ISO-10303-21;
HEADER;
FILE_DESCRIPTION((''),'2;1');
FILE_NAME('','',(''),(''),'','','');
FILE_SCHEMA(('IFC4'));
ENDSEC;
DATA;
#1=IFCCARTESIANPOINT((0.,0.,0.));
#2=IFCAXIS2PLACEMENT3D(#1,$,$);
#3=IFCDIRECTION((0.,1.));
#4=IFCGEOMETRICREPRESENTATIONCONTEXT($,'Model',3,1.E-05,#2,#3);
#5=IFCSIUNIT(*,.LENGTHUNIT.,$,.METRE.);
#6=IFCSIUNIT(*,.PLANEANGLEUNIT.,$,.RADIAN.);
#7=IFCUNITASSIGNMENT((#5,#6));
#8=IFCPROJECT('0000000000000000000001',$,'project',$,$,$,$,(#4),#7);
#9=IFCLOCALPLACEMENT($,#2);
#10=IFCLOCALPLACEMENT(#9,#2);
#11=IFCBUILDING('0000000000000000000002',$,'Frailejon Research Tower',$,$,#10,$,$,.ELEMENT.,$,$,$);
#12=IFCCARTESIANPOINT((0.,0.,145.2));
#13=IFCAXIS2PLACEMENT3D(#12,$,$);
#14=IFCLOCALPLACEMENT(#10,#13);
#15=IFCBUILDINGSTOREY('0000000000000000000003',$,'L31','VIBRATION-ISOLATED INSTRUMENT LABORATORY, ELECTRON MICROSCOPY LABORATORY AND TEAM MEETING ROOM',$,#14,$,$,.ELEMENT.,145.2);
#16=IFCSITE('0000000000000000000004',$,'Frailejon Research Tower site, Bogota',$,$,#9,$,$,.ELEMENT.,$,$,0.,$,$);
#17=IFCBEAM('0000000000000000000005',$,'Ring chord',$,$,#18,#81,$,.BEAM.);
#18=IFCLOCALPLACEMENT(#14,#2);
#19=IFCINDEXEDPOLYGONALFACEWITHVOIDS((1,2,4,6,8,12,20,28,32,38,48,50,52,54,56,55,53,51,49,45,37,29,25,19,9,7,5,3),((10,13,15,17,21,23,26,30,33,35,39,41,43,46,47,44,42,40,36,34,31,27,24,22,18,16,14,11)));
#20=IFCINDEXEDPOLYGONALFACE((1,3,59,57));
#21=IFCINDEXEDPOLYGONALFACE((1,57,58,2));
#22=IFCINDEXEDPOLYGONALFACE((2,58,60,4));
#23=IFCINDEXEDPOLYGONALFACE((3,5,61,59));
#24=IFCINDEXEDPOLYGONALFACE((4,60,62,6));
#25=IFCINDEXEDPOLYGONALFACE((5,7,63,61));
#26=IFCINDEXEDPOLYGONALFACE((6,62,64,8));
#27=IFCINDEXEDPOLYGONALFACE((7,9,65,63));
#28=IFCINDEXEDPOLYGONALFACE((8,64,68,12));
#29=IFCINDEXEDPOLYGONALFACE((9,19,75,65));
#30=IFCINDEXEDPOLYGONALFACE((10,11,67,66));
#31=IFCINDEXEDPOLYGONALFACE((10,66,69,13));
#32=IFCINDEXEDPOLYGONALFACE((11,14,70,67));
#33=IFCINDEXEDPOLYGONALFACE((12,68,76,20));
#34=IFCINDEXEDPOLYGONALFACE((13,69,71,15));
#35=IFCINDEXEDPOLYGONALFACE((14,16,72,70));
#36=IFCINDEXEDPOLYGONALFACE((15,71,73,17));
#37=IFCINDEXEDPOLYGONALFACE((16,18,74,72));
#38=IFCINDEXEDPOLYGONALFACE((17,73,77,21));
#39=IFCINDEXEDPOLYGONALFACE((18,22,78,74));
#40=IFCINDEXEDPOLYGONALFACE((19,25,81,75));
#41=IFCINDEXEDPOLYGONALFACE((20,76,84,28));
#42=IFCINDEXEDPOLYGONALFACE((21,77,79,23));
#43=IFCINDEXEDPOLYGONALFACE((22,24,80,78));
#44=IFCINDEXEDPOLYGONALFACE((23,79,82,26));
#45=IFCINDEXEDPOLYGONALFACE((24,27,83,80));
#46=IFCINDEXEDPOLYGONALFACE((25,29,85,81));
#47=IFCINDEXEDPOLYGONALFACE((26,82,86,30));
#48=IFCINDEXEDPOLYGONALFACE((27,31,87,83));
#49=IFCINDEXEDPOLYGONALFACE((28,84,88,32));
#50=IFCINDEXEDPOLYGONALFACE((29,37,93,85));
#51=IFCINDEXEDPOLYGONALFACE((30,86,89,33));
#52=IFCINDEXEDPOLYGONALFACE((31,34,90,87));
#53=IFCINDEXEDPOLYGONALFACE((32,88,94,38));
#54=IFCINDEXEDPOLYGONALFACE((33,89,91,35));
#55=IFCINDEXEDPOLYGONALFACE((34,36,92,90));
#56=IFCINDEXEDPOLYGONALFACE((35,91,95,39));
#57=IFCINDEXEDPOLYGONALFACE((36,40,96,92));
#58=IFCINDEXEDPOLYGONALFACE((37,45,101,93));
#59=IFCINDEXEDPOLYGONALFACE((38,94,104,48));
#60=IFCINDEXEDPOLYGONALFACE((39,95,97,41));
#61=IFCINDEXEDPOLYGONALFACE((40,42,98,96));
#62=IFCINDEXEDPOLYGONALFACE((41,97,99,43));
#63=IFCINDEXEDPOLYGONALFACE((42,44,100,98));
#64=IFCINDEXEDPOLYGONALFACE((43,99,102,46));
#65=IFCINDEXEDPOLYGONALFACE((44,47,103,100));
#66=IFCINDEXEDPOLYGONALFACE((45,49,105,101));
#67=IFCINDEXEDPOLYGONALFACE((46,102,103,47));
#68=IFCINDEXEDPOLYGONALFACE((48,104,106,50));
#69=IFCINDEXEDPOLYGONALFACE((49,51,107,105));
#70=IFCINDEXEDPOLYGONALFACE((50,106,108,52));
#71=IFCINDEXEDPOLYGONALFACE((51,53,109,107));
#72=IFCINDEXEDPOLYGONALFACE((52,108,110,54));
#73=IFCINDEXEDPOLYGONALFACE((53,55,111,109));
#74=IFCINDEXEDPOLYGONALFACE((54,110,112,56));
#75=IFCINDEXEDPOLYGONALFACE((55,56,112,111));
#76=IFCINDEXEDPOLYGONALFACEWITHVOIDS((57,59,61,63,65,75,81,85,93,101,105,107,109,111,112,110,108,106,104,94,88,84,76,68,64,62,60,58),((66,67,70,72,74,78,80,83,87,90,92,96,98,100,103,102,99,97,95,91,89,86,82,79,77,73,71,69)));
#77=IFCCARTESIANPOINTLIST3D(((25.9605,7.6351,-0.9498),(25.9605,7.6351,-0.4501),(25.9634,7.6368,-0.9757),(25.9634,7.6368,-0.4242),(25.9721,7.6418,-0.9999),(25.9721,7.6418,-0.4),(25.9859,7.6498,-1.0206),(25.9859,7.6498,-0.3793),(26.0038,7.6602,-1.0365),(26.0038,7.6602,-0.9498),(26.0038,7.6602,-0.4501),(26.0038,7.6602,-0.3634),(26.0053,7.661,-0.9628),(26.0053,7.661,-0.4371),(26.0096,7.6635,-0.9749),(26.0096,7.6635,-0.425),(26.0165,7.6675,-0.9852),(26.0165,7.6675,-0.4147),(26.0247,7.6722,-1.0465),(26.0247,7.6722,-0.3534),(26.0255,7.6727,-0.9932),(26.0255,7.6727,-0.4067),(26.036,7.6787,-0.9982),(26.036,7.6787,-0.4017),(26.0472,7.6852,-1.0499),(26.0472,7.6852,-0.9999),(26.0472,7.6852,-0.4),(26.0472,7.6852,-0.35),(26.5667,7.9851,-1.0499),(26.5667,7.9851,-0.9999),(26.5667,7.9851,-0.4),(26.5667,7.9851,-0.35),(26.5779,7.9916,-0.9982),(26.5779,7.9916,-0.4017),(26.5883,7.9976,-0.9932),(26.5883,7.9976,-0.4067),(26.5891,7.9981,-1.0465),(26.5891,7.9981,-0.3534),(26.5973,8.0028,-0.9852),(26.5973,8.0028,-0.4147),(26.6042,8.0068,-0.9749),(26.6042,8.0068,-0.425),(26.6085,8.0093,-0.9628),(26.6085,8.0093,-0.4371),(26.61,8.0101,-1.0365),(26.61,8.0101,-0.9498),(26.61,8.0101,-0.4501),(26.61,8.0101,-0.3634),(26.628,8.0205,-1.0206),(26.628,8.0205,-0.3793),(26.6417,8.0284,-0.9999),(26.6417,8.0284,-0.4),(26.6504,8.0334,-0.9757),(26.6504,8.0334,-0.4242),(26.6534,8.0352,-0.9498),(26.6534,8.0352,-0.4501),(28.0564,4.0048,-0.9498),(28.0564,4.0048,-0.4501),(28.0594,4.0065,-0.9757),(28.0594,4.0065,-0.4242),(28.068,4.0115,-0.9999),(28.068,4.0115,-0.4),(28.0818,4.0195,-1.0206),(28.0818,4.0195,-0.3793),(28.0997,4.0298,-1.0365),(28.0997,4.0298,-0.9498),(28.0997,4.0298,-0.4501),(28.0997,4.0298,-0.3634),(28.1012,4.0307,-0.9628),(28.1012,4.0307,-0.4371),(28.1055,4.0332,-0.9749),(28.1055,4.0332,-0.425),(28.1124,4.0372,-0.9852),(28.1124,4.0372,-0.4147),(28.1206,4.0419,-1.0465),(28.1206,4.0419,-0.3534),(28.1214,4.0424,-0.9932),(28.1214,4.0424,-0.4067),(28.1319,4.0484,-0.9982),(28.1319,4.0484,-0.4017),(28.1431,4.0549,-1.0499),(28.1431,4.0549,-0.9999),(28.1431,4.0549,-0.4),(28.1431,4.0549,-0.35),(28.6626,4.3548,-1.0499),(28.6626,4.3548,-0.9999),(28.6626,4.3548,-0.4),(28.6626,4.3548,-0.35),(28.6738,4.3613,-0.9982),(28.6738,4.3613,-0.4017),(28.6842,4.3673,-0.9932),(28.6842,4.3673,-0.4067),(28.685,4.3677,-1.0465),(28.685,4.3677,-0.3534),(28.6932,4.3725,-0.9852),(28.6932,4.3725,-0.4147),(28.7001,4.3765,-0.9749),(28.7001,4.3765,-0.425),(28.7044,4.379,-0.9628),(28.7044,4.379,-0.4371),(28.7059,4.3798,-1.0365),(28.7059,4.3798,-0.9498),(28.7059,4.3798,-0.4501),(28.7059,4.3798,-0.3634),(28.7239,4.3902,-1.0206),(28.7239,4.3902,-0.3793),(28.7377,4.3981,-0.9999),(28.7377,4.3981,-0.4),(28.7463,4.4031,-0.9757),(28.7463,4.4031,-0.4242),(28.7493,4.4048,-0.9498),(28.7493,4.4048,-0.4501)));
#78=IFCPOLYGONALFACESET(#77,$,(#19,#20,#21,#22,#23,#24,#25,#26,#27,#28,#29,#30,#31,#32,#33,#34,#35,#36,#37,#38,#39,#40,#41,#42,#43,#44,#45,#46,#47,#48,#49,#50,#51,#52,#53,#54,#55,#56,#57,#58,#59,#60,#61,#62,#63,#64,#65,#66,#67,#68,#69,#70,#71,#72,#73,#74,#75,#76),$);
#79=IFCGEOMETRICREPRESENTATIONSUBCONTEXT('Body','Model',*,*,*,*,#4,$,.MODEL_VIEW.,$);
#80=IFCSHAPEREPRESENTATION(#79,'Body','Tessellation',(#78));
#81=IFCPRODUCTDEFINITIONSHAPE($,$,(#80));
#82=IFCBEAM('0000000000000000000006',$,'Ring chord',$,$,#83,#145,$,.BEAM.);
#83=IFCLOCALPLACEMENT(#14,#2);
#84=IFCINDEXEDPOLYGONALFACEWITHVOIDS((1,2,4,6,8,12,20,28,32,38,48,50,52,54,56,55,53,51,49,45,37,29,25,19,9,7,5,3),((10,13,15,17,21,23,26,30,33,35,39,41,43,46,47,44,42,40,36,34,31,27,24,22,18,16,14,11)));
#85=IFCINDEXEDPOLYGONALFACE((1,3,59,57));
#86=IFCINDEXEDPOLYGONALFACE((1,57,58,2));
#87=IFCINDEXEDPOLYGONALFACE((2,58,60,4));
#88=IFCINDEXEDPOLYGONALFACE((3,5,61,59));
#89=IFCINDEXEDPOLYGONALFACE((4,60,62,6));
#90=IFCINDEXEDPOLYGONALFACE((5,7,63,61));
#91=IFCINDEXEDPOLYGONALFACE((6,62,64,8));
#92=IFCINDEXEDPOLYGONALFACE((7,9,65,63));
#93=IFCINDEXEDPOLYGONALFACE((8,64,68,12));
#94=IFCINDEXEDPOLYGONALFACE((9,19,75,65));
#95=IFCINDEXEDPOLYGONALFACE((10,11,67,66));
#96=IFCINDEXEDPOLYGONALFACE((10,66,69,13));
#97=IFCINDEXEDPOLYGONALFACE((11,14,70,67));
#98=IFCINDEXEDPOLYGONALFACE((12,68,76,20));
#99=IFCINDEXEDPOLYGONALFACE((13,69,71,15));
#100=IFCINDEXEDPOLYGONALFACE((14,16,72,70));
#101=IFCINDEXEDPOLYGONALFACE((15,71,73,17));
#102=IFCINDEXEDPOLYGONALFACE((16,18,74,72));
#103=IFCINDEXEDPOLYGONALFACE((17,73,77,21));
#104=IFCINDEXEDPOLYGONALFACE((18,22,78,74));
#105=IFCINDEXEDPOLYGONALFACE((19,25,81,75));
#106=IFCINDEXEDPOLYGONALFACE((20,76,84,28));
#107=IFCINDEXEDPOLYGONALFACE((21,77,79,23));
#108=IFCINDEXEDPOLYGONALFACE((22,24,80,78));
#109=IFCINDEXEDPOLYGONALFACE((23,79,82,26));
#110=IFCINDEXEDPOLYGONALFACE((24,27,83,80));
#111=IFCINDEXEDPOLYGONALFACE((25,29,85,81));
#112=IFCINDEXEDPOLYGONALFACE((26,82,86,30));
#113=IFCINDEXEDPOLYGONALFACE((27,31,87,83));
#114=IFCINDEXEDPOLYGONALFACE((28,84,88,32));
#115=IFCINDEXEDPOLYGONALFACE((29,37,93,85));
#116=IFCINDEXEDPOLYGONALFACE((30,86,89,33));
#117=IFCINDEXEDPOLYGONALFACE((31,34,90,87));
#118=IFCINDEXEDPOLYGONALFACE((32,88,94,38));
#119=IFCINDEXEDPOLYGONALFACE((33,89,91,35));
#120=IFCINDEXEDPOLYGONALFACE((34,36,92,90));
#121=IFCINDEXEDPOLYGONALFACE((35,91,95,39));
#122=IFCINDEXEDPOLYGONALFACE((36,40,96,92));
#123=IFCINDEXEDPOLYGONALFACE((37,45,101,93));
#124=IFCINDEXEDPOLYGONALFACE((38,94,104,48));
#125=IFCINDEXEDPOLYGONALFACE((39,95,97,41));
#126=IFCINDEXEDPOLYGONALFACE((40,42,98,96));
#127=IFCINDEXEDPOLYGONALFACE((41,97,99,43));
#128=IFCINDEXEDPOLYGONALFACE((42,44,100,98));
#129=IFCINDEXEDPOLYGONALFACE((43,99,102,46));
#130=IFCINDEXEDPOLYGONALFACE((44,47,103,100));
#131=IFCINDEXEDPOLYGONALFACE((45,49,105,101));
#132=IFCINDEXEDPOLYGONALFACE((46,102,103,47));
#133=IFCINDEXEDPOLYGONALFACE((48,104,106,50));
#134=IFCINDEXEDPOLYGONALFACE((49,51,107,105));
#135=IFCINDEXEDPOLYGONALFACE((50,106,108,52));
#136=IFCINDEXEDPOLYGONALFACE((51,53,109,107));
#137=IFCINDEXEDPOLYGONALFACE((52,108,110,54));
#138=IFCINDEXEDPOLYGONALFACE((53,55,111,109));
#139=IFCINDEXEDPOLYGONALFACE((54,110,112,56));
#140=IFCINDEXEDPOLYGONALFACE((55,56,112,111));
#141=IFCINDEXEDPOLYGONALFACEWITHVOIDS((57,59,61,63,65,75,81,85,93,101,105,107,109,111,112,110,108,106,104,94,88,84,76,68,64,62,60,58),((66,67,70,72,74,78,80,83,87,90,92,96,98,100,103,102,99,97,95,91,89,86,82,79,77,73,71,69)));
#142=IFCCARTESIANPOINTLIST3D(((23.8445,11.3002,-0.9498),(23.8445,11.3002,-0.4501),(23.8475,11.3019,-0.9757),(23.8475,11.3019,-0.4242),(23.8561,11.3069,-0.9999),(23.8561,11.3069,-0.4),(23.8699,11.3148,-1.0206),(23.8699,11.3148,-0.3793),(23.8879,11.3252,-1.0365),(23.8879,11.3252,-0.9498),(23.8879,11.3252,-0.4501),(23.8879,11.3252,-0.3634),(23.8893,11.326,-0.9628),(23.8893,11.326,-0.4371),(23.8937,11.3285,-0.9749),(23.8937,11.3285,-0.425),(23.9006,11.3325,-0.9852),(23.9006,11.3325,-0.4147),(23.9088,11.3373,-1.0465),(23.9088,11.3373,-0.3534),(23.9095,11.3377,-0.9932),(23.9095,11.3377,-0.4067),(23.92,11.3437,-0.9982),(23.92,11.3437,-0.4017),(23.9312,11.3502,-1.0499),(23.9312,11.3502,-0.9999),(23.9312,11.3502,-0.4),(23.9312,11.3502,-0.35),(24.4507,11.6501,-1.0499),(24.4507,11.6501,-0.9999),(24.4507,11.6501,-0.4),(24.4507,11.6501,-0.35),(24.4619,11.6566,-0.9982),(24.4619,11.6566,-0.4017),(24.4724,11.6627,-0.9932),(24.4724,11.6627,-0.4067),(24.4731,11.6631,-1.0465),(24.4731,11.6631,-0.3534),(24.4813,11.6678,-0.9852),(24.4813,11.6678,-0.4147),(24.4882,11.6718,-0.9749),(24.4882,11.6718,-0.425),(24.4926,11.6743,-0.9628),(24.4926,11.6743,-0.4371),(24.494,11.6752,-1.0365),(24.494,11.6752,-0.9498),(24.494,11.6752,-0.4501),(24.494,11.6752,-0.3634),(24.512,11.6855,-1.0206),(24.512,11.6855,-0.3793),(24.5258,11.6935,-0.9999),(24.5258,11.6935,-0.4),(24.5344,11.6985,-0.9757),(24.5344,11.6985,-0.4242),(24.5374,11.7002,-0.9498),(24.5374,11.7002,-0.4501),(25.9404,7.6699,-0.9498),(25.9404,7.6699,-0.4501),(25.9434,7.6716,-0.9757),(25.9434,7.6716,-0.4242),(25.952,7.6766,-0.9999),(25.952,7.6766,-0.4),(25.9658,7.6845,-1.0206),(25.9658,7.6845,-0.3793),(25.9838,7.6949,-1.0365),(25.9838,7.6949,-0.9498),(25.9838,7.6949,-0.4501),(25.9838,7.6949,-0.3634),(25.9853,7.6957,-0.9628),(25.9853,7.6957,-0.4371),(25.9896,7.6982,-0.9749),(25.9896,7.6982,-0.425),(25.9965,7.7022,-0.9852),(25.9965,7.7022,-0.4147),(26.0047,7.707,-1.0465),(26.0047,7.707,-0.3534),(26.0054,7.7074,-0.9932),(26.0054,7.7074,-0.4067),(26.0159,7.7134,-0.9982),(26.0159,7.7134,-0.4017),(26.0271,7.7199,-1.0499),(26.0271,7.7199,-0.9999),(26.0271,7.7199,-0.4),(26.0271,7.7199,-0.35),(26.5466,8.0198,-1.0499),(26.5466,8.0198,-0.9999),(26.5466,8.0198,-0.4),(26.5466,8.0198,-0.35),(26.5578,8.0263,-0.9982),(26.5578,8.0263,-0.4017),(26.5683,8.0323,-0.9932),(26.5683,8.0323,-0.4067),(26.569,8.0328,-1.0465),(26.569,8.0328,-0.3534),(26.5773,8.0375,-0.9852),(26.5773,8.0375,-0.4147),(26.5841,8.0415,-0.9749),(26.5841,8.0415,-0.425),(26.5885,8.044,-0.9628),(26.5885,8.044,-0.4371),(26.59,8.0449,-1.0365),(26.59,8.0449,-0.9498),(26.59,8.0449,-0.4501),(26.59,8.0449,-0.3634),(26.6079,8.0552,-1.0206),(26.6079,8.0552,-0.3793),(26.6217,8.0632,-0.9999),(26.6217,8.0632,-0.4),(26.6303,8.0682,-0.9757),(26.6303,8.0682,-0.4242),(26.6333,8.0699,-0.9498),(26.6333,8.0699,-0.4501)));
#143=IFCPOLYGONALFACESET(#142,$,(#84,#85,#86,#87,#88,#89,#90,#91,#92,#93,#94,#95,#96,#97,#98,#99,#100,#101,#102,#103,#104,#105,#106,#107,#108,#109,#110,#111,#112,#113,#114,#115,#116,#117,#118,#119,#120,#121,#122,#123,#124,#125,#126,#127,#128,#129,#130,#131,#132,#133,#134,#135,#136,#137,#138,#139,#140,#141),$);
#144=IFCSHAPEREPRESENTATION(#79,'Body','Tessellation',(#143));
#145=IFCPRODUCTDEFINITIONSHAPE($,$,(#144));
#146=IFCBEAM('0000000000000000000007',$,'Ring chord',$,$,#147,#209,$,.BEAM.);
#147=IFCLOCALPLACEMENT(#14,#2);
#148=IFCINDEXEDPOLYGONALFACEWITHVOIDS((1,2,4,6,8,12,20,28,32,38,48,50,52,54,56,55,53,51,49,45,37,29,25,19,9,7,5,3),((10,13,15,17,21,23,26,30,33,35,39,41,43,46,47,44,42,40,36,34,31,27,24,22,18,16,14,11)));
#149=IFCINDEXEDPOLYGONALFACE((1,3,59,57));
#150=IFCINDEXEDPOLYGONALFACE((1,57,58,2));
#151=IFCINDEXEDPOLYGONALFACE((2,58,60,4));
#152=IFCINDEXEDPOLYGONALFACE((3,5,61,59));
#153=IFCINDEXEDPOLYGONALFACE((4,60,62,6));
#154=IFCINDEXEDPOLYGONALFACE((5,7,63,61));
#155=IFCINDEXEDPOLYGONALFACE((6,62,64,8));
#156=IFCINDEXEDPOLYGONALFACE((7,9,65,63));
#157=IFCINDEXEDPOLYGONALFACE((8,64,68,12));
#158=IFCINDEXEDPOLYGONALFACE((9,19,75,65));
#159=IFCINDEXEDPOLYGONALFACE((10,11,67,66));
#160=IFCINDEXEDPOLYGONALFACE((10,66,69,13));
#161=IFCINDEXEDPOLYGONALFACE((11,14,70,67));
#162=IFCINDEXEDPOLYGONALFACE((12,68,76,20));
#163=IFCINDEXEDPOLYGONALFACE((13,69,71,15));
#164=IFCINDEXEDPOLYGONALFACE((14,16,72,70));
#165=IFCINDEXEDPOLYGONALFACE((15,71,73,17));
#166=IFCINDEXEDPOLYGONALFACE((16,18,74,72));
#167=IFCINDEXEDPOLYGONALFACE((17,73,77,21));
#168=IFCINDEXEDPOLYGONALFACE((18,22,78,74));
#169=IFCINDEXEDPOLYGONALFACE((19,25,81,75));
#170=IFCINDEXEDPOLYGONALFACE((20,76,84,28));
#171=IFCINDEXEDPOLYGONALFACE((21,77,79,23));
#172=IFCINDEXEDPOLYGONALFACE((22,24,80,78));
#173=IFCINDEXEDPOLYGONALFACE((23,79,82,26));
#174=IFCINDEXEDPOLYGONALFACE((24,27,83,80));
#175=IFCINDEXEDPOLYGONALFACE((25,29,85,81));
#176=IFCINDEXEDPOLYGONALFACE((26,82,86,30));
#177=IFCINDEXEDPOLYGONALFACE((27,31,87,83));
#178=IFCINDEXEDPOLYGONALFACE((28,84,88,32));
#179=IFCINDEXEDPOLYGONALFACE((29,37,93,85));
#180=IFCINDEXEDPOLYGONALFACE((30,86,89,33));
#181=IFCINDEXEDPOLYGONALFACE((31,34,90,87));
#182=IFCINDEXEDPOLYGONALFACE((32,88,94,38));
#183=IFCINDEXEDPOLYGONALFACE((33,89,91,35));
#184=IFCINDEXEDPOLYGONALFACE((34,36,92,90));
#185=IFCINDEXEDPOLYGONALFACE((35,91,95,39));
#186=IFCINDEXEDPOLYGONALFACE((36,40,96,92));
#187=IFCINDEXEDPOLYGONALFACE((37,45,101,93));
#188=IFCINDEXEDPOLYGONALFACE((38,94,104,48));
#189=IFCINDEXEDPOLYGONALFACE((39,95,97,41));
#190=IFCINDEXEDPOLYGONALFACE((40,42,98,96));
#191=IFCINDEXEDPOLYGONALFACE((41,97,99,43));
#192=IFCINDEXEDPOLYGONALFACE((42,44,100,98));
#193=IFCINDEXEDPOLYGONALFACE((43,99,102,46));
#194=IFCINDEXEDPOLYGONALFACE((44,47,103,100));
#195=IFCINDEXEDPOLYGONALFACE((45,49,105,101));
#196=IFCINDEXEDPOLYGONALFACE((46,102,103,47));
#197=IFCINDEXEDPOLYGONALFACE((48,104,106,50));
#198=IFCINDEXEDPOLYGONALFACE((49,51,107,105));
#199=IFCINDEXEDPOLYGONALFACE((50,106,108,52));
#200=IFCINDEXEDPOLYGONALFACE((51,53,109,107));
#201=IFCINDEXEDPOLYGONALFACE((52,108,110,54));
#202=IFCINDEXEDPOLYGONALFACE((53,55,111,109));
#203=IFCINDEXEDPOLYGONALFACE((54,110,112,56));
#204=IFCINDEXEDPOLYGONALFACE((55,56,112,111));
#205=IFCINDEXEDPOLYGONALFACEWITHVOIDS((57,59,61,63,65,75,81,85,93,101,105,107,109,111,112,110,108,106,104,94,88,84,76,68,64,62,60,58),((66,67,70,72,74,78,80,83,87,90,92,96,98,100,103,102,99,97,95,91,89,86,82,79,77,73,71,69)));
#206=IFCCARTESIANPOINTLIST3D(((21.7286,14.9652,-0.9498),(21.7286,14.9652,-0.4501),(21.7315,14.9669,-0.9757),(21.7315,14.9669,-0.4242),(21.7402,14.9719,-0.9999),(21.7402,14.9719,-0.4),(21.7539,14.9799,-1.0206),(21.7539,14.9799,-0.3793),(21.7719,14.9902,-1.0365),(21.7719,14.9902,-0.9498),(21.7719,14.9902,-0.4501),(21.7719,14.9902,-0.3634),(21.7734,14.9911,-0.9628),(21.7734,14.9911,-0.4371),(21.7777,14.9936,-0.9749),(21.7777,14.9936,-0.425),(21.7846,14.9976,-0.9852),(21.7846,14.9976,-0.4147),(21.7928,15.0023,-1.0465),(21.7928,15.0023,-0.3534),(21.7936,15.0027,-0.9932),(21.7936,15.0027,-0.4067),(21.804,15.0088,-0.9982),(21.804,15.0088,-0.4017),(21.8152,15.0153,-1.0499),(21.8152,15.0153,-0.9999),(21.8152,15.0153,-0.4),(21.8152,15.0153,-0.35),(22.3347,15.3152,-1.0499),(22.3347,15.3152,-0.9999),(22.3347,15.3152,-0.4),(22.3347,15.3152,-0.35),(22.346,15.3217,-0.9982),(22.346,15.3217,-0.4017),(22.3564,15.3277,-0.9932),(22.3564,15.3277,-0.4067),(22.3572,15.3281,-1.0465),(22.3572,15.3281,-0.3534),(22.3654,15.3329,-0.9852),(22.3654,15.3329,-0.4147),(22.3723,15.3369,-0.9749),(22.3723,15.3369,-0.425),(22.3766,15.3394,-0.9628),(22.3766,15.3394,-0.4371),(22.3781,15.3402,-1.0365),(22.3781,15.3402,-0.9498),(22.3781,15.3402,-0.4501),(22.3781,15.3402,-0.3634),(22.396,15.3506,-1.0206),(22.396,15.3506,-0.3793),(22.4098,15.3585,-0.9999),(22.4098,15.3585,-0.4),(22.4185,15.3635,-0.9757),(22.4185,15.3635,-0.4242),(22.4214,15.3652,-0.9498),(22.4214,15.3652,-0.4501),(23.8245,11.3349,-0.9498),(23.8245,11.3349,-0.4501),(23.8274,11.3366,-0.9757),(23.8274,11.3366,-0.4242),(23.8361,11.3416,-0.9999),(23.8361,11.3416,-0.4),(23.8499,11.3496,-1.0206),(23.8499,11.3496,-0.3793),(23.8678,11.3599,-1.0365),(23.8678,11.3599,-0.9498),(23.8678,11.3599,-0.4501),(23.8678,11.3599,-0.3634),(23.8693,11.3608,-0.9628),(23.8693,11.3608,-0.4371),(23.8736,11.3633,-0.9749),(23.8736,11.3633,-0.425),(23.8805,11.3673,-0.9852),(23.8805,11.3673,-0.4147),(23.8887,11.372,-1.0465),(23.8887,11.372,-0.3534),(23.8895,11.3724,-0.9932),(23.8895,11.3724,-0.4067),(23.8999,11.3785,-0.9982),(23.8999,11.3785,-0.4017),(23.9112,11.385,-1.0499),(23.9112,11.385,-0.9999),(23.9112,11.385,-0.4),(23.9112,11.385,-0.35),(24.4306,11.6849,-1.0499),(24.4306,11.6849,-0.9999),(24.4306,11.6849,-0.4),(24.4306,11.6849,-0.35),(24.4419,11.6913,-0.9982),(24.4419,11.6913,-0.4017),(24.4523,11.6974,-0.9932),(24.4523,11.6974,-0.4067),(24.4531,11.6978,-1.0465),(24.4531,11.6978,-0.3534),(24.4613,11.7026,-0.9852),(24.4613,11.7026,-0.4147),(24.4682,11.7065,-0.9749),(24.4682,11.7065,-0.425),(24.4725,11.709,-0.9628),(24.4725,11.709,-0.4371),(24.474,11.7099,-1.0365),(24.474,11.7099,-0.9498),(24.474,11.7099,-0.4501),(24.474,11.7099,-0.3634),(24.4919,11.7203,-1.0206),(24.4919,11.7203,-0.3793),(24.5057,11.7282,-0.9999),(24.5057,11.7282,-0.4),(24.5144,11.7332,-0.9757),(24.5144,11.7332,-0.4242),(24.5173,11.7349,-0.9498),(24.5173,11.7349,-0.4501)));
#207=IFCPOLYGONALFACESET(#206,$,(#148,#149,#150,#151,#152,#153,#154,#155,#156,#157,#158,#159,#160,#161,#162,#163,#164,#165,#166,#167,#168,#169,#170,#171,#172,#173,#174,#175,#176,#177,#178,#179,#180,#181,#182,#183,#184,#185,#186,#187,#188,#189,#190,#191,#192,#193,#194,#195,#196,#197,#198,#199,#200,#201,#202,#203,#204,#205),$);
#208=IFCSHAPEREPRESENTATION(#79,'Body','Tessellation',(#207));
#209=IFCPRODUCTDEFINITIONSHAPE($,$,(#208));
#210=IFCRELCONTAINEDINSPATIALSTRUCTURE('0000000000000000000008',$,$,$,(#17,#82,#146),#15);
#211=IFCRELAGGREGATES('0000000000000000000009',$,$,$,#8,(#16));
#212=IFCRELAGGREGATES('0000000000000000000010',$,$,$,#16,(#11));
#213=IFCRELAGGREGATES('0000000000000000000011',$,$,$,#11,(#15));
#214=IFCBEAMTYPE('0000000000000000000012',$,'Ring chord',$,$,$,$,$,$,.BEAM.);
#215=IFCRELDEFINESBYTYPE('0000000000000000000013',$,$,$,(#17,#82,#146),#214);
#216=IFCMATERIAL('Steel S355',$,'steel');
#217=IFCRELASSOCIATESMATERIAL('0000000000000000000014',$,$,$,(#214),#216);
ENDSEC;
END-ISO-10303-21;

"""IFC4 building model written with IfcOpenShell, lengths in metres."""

from ifc_helpers import new_model, si_unit, direction, frame, origin, origin_2d, place, context, subcontext, project, spatial, hollow_rectangle, extrude, material, material_profile, profile_set, type_object, element, save


model = new_model("IFC4")

# Units and contexts
model_context = context("Model", 3, precision=1e-05, world=origin(), true_north=direction((0.0, 1.0)))
body_context = subcontext(model_context, "Body", "Model", "MODEL_VIEW")
ifc_project = project(units=[si_unit("LENGTHUNIT", "METRE"), si_unit("PLANEANGLEUNIT", "RADIAN")], contexts=[model_context])

# Site, building, storey
site_placement = place(None, origin())
site = spatial("IfcSite", under=ifc_project, at=site_placement, Name="Frailejon Research Tower site, Bogota", CompositionType="ELEMENT", RefElevation=0.0)
building_placement = place(site_placement, origin())
building = spatial("IfcBuilding", under=site, at=building_placement, Name="Frailejon Research Tower", CompositionType="ELEMENT")
storey_placement = place(building_placement, frame((0.0, 0.0, 145.2)))
storey = spatial("IfcBuildingStorey", under=building, at=storey_placement, Name="L31", Description="VIBRATION-ISOLATED INSTRUMENT LABORATORY, ELECTRON MICROSCOPY LABORATORY AND TEAM MEETING ROOM", CompositionType="ELEMENT", Elevation=145.2)

# Beams
ifc_material_1 = material(Name="Steel S355", Category="steel")
ifc_material_profile_1 = material_profile(ifc_material_1, hollow_rectangle(XDim=0.8, YDim=0.7, WallThickness=0.05, InnerFilletRadius=0.05, OuterFilletRadius=0.1001, at=origin_2d()), Name="Ring chord")
ifc_profile_set_1 = profile_set([ifc_material_profile_1], Name="Steel S355")
beam_type_1 = type_object("IfcBeamType", Name="Ring chord", PredefinedType="BEAM", material=ifc_profile_set_1)
for number, where, z_axis, x_axis, name in (
    (1, (28.4028, 4.2048, -0.7), (-0.499991, 0.86603, 0.0), (-0.86603, -0.499991, 0.0), "Ring chord"),
    (2, (26.2869, 7.8699, -0.7), (-0.499991, 0.86603, 0.0), (-0.86603, -0.499991, 0.0), "Ring chord"),
    (3, (24.1709, 11.5349, -0.7), (-0.499991, 0.86603, 0.0), (-0.86603, -0.499991, 0.0), "Ring chord"),
):
    element("IfcBeam", number, at=place(storey_placement, frame(where, z_axis=z_axis, x_axis=x_axis)), inside=storey, type_object=beam_type_1, Name=name, PredefinedType="BEAM", context=body_context, shape_type="SweptSolid", body=[
        extrude(hollow_rectangle(XDim=0.8, YDim=0.7, WallThickness=0.05, InnerFilletRadius=0.05, OuterFilletRadius=0.1001, at=origin_2d()), origin(), (0.0, 0.0, 1.0), 4.1919),
    ])

save(model, "model.ifc")
